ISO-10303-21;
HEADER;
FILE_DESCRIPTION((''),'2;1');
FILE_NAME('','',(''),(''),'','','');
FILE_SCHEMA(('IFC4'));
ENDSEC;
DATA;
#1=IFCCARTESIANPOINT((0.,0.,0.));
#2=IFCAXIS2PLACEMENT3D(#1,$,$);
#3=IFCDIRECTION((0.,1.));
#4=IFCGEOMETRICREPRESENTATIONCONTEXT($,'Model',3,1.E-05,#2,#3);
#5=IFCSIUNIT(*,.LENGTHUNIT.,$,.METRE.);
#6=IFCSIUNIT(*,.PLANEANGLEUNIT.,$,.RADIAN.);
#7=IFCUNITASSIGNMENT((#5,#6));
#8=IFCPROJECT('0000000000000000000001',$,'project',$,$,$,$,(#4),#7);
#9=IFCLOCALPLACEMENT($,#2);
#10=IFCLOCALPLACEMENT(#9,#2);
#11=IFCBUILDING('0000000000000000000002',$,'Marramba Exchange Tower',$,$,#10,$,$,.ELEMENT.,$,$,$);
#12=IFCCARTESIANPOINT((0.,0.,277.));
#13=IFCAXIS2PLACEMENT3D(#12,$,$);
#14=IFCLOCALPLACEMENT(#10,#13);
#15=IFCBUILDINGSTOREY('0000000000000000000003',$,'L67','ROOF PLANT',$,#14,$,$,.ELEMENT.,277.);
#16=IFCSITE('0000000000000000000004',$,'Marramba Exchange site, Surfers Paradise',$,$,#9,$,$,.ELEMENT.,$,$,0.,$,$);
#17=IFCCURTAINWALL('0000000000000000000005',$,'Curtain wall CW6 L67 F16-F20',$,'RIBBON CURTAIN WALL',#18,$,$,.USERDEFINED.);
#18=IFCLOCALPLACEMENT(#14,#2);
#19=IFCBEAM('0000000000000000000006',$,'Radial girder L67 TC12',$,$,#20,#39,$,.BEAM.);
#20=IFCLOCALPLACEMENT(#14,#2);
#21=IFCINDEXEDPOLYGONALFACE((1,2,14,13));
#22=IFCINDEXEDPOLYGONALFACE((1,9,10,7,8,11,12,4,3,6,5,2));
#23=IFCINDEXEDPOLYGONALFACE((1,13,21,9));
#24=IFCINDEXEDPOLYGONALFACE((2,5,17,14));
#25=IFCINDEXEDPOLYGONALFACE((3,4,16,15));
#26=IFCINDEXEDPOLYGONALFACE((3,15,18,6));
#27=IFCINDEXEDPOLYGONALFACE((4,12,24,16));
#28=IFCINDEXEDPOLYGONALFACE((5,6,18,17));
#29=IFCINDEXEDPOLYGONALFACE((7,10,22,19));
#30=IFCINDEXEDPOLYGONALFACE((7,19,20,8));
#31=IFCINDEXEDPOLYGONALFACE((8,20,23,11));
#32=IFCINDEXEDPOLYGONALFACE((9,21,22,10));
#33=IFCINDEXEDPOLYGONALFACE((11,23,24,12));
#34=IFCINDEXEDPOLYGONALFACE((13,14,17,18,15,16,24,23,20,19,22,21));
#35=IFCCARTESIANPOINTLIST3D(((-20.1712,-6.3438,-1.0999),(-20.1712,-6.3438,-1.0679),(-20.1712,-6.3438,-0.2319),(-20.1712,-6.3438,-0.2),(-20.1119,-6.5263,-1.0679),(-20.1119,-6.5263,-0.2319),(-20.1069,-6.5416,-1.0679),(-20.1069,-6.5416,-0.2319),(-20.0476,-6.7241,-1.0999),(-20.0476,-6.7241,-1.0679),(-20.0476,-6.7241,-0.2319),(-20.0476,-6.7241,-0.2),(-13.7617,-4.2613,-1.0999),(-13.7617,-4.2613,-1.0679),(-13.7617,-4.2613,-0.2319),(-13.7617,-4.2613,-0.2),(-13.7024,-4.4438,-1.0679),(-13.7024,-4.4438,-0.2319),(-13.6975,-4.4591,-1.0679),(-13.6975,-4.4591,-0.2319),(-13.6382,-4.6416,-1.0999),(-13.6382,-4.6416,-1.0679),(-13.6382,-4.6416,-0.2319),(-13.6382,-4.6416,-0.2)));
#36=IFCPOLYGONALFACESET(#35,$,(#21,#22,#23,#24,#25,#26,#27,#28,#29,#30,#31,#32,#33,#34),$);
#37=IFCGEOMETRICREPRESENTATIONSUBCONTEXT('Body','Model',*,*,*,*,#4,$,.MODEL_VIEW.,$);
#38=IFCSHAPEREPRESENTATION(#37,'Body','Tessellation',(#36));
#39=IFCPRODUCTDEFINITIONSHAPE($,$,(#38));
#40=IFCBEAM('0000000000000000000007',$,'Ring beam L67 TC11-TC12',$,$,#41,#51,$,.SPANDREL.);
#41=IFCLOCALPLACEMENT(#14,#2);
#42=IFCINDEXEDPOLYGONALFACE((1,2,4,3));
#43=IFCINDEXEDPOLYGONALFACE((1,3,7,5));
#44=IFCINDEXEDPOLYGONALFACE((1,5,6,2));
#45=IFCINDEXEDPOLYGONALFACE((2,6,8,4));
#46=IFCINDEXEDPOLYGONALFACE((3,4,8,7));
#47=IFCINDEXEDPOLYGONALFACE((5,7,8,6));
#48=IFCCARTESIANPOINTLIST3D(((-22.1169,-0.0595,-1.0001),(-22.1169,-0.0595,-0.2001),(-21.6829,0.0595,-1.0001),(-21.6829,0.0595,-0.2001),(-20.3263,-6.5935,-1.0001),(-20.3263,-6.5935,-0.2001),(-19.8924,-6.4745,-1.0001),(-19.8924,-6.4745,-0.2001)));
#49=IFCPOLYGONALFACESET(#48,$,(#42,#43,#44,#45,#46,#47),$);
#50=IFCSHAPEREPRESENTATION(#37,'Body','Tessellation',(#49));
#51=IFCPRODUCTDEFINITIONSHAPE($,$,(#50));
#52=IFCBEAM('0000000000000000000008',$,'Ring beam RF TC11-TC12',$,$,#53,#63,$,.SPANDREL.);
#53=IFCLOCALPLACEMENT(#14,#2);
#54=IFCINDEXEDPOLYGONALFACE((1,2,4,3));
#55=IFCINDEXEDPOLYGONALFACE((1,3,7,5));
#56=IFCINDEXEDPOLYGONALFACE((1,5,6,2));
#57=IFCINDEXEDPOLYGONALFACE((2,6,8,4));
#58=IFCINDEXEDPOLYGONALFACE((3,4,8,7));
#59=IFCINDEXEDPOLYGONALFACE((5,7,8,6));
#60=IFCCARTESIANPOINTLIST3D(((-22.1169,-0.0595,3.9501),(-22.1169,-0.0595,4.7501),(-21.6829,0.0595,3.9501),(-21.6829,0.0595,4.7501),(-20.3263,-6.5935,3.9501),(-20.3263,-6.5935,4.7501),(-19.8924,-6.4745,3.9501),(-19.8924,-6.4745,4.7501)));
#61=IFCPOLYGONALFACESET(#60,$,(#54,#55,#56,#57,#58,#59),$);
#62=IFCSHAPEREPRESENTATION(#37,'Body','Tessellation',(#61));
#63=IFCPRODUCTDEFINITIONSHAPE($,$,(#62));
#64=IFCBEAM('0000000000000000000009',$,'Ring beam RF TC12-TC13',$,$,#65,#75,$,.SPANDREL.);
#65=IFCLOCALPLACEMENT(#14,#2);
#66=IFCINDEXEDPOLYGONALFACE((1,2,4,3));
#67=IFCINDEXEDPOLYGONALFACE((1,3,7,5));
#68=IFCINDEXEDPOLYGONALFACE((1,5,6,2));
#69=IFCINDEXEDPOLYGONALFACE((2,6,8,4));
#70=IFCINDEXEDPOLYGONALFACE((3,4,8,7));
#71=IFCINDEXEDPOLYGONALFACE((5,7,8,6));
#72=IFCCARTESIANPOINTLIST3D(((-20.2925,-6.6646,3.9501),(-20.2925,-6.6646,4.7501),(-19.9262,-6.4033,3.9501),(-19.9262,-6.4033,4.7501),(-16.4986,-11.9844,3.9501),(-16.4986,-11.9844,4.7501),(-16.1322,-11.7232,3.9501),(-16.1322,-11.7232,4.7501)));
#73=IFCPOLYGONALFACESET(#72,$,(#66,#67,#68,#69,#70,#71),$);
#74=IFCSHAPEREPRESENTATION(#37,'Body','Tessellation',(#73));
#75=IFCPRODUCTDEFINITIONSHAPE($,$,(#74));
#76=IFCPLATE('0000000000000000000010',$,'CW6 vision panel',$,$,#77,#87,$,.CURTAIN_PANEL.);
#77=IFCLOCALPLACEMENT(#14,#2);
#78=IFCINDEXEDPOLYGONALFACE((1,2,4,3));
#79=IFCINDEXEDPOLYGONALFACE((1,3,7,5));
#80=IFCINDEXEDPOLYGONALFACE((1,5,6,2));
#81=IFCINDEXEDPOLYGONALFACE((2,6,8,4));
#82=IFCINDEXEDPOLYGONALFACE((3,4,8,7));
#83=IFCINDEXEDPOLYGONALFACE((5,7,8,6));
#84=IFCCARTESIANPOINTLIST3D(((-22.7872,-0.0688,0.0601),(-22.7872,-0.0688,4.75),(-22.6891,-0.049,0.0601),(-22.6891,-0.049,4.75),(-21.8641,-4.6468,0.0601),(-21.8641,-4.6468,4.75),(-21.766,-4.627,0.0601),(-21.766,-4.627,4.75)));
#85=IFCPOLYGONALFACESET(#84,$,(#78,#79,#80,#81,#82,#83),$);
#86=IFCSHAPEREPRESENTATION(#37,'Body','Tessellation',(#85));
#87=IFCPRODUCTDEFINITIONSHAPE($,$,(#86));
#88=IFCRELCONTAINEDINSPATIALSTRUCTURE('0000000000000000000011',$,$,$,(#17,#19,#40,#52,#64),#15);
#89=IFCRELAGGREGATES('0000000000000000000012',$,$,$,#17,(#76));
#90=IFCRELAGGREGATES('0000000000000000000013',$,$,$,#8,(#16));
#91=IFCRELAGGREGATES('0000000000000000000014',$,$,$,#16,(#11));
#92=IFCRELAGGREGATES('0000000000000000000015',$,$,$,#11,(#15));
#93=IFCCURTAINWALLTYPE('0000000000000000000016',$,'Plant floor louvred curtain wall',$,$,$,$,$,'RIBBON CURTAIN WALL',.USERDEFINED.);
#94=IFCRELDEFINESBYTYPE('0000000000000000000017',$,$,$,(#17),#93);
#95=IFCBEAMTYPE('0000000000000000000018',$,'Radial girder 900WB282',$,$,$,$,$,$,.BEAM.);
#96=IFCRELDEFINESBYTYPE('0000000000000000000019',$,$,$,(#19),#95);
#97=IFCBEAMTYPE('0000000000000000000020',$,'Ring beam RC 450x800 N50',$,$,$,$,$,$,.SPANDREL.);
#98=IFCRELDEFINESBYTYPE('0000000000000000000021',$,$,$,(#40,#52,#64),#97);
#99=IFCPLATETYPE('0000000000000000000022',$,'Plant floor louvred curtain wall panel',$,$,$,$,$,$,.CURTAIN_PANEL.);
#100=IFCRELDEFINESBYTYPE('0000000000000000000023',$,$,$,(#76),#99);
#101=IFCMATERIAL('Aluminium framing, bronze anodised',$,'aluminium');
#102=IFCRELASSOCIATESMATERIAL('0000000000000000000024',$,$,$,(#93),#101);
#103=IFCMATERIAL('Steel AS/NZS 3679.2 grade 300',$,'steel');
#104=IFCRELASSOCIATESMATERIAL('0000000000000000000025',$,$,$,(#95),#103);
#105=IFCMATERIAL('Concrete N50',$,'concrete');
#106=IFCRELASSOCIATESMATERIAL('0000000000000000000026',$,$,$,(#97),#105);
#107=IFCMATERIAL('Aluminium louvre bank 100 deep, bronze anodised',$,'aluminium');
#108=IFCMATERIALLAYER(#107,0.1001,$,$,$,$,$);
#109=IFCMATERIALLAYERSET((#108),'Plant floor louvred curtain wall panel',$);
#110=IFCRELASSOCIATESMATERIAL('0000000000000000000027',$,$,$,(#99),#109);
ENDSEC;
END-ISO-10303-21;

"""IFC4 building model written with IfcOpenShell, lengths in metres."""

from ifc_helpers import new_model, si_unit, direction, frame, origin, origin_2d, place, context, subcontext, project, spatial, rectangle, i_section, extrude, material, layer, layer_set, material_profile, profile_set, type_object, element, aggregate, save


model = new_model("IFC4")

# Units and contexts
model_context = context("Model", 3, precision=1e-05, world=origin(), true_north=direction((0.0, 1.0)))
body_context = subcontext(model_context, "Body", "Model", "MODEL_VIEW")
ifc_project = project(units=[si_unit("LENGTHUNIT", "METRE"), si_unit("PLANEANGLEUNIT", "RADIAN")], contexts=[model_context])

# Site, building, storey
site_placement = place(None, origin())
site = spatial("IfcSite", under=ifc_project, at=site_placement, Name="Marramba Exchange site, Surfers Paradise", CompositionType="ELEMENT", RefElevation=0.0)
building_placement = place(site_placement, origin())
building = spatial("IfcBuilding", under=site, at=building_placement, Name="Marramba Exchange Tower", CompositionType="ELEMENT")
storey_placement = place(building_placement, frame((0.0, 0.0, 277.0)))
storey = spatial("IfcBuildingStorey", under=building, at=storey_placement, Name="L67", Description="ROOF PLANT", CompositionType="ELEMENT", Elevation=277.0)

# Shared definitions
ifc_material_1 = material(Name="Concrete N50", Category="concrete")

# Curtain wall
ifc_material_2 = material(Name="Aluminium framing, bronze anodised", Category="aluminium")
curtain_wall_type = type_object("IfcCurtainWallType", Name="Plant floor louvred curtain wall", ElementType="RIBBON CURTAIN WALL", PredefinedType="USERDEFINED", material=ifc_material_2)
curtain_wall_placement = place(storey_placement, origin())
curtain_wall = element("IfcCurtainWall", 1, at=curtain_wall_placement, inside=storey, type_object=curtain_wall_type, Name="Curtain wall CW6 L67 F16-F20", ObjectType="RIBBON CURTAIN WALL", PredefinedType="USERDEFINED")

# Beams
ifc_material_3 = material(Name="Steel AS/NZS 3679.2 grade 300", Category="steel")
ifc_material_profile_1 = material_profile(ifc_material_3, i_section(OverallWidth=0.3999, OverallDepth=0.8999, WebThickness=0.0161, FlangeThickness=0.032, at=origin_2d()), Name="900WB282")
ifc_profile_set_1 = profile_set([ifc_material_profile_1], Name="Steel AS/NZS 3679.2 grade 300")
beam_type_1 = type_object("IfcBeamType", Name="Radial girder 900WB282", PredefinedType="BEAM", material=ifc_profile_set_1)
beam_1_placement = place(storey_placement, frame((-13.7, -4.4514, -0.6499), z_axis=(-0.951058, -0.309013, 0.0), x_axis=(0.309013, -0.951058, 0.0)))
element("IfcBeam", 2, at=beam_1_placement, inside=storey, type_object=beam_type_1, Name="Radial girder L67 TC12", PredefinedType="BEAM", context=body_context, shape_type="SweptSolid", body=[
    extrude(i_section(OverallWidth=0.3999, OverallDepth=0.8999, WebThickness=0.0161, FlangeThickness=0.032, at=origin_2d()), origin(), (0.0, 0.0, 1.0), 6.7393),
])
ifc_material_profile_2 = material_profile(ifc_material_1, rectangle(XDim=0.45, YDim=0.8, at=origin_2d()), Name="RC 450x800")
ifc_profile_set_2 = profile_set([ifc_material_profile_2], Name="Concrete N50")
beam_type_2 = type_object("IfcBeamType", Name="Ring beam RC 450x800 N50", PredefinedType="SPANDREL", material=ifc_profile_set_2)
for number, where, z_axis, x_axis, name in (
    (3, (-21.8999, 0.0, -0.6001), (0.264291, -0.964443, 0.0), (0.964443, 0.264291, 0.0), "Ring beam L67 TC11-TC12"),
    (4, (-21.8999, 0.0, 4.3501), (0.264291, -0.964443, 0.0), (0.964443, 0.264291, 0.0), "Ring beam RF TC11-TC12"),
):
    element("IfcBeam", number, at=place(storey_placement, frame(where, z_axis=z_axis, x_axis=x_axis)), inside=storey, type_object=beam_type_2, Name=name, PredefinedType="SPANDREL", context=body_context, shape_type="SweptSolid", body=[
        extrude(rectangle(XDim=0.45, YDim=0.8, at=origin_2d()), origin(), (0.0, 0.0, 1.0), 6.7749),
    ])
beam_2_placement = place(storey_placement, frame((-20.1094, -6.5339, 4.3501), z_axis=(0.580637, -0.814162, 0.0), x_axis=(0.814162, 0.580637, 0.0)))
element("IfcBeam", 5, at=beam_2_placement, inside=storey, type_object=beam_type_2, Name="Ring beam RF TC12-TC13", PredefinedType="SPANDREL", context=body_context, shape_type="SweptSolid", body=[
    extrude(rectangle(XDim=0.45, YDim=0.8, at=origin_2d()), origin(), (0.0, 0.0, 1.0), 6.5342),
])

# Plate
ifc_material_4 = material(Name="Aluminium louvre bank 100 deep, bronze anodised", Category="aluminium")
ifc_layer_1 = layer(ifc_material_4, 0.1001)
ifc_layer_set_1 = layer_set([ifc_layer_1], Name="Plant floor louvred curtain wall panel")
plate_type = type_object("IfcPlateType", Name="Plant floor louvred curtain wall panel", PredefinedType="CURTAIN_PANEL", material=ifc_layer_set_1)
plate_placement = place(storey_placement, frame((-22.2766, -2.3479, 0.0601), z_axis=(0.0, 0.0, 1.0), x_axis=(0.197671, -0.980269, 0.0)))
plate = element("IfcPlate", 6, at=plate_placement, type_object=plate_type, Name="CW6 vision panel", PredefinedType="CURTAIN_PANEL", context=body_context, shape_type="SweptSolid", body=[
    extrude(rectangle(XDim=4.6702, YDim=0.1001, at=origin_2d()), origin(), (0.0, 0.0, 1.0), 4.6899),
])
aggregate(curtain_wall, [plate])

save(model, "model.ifc")
